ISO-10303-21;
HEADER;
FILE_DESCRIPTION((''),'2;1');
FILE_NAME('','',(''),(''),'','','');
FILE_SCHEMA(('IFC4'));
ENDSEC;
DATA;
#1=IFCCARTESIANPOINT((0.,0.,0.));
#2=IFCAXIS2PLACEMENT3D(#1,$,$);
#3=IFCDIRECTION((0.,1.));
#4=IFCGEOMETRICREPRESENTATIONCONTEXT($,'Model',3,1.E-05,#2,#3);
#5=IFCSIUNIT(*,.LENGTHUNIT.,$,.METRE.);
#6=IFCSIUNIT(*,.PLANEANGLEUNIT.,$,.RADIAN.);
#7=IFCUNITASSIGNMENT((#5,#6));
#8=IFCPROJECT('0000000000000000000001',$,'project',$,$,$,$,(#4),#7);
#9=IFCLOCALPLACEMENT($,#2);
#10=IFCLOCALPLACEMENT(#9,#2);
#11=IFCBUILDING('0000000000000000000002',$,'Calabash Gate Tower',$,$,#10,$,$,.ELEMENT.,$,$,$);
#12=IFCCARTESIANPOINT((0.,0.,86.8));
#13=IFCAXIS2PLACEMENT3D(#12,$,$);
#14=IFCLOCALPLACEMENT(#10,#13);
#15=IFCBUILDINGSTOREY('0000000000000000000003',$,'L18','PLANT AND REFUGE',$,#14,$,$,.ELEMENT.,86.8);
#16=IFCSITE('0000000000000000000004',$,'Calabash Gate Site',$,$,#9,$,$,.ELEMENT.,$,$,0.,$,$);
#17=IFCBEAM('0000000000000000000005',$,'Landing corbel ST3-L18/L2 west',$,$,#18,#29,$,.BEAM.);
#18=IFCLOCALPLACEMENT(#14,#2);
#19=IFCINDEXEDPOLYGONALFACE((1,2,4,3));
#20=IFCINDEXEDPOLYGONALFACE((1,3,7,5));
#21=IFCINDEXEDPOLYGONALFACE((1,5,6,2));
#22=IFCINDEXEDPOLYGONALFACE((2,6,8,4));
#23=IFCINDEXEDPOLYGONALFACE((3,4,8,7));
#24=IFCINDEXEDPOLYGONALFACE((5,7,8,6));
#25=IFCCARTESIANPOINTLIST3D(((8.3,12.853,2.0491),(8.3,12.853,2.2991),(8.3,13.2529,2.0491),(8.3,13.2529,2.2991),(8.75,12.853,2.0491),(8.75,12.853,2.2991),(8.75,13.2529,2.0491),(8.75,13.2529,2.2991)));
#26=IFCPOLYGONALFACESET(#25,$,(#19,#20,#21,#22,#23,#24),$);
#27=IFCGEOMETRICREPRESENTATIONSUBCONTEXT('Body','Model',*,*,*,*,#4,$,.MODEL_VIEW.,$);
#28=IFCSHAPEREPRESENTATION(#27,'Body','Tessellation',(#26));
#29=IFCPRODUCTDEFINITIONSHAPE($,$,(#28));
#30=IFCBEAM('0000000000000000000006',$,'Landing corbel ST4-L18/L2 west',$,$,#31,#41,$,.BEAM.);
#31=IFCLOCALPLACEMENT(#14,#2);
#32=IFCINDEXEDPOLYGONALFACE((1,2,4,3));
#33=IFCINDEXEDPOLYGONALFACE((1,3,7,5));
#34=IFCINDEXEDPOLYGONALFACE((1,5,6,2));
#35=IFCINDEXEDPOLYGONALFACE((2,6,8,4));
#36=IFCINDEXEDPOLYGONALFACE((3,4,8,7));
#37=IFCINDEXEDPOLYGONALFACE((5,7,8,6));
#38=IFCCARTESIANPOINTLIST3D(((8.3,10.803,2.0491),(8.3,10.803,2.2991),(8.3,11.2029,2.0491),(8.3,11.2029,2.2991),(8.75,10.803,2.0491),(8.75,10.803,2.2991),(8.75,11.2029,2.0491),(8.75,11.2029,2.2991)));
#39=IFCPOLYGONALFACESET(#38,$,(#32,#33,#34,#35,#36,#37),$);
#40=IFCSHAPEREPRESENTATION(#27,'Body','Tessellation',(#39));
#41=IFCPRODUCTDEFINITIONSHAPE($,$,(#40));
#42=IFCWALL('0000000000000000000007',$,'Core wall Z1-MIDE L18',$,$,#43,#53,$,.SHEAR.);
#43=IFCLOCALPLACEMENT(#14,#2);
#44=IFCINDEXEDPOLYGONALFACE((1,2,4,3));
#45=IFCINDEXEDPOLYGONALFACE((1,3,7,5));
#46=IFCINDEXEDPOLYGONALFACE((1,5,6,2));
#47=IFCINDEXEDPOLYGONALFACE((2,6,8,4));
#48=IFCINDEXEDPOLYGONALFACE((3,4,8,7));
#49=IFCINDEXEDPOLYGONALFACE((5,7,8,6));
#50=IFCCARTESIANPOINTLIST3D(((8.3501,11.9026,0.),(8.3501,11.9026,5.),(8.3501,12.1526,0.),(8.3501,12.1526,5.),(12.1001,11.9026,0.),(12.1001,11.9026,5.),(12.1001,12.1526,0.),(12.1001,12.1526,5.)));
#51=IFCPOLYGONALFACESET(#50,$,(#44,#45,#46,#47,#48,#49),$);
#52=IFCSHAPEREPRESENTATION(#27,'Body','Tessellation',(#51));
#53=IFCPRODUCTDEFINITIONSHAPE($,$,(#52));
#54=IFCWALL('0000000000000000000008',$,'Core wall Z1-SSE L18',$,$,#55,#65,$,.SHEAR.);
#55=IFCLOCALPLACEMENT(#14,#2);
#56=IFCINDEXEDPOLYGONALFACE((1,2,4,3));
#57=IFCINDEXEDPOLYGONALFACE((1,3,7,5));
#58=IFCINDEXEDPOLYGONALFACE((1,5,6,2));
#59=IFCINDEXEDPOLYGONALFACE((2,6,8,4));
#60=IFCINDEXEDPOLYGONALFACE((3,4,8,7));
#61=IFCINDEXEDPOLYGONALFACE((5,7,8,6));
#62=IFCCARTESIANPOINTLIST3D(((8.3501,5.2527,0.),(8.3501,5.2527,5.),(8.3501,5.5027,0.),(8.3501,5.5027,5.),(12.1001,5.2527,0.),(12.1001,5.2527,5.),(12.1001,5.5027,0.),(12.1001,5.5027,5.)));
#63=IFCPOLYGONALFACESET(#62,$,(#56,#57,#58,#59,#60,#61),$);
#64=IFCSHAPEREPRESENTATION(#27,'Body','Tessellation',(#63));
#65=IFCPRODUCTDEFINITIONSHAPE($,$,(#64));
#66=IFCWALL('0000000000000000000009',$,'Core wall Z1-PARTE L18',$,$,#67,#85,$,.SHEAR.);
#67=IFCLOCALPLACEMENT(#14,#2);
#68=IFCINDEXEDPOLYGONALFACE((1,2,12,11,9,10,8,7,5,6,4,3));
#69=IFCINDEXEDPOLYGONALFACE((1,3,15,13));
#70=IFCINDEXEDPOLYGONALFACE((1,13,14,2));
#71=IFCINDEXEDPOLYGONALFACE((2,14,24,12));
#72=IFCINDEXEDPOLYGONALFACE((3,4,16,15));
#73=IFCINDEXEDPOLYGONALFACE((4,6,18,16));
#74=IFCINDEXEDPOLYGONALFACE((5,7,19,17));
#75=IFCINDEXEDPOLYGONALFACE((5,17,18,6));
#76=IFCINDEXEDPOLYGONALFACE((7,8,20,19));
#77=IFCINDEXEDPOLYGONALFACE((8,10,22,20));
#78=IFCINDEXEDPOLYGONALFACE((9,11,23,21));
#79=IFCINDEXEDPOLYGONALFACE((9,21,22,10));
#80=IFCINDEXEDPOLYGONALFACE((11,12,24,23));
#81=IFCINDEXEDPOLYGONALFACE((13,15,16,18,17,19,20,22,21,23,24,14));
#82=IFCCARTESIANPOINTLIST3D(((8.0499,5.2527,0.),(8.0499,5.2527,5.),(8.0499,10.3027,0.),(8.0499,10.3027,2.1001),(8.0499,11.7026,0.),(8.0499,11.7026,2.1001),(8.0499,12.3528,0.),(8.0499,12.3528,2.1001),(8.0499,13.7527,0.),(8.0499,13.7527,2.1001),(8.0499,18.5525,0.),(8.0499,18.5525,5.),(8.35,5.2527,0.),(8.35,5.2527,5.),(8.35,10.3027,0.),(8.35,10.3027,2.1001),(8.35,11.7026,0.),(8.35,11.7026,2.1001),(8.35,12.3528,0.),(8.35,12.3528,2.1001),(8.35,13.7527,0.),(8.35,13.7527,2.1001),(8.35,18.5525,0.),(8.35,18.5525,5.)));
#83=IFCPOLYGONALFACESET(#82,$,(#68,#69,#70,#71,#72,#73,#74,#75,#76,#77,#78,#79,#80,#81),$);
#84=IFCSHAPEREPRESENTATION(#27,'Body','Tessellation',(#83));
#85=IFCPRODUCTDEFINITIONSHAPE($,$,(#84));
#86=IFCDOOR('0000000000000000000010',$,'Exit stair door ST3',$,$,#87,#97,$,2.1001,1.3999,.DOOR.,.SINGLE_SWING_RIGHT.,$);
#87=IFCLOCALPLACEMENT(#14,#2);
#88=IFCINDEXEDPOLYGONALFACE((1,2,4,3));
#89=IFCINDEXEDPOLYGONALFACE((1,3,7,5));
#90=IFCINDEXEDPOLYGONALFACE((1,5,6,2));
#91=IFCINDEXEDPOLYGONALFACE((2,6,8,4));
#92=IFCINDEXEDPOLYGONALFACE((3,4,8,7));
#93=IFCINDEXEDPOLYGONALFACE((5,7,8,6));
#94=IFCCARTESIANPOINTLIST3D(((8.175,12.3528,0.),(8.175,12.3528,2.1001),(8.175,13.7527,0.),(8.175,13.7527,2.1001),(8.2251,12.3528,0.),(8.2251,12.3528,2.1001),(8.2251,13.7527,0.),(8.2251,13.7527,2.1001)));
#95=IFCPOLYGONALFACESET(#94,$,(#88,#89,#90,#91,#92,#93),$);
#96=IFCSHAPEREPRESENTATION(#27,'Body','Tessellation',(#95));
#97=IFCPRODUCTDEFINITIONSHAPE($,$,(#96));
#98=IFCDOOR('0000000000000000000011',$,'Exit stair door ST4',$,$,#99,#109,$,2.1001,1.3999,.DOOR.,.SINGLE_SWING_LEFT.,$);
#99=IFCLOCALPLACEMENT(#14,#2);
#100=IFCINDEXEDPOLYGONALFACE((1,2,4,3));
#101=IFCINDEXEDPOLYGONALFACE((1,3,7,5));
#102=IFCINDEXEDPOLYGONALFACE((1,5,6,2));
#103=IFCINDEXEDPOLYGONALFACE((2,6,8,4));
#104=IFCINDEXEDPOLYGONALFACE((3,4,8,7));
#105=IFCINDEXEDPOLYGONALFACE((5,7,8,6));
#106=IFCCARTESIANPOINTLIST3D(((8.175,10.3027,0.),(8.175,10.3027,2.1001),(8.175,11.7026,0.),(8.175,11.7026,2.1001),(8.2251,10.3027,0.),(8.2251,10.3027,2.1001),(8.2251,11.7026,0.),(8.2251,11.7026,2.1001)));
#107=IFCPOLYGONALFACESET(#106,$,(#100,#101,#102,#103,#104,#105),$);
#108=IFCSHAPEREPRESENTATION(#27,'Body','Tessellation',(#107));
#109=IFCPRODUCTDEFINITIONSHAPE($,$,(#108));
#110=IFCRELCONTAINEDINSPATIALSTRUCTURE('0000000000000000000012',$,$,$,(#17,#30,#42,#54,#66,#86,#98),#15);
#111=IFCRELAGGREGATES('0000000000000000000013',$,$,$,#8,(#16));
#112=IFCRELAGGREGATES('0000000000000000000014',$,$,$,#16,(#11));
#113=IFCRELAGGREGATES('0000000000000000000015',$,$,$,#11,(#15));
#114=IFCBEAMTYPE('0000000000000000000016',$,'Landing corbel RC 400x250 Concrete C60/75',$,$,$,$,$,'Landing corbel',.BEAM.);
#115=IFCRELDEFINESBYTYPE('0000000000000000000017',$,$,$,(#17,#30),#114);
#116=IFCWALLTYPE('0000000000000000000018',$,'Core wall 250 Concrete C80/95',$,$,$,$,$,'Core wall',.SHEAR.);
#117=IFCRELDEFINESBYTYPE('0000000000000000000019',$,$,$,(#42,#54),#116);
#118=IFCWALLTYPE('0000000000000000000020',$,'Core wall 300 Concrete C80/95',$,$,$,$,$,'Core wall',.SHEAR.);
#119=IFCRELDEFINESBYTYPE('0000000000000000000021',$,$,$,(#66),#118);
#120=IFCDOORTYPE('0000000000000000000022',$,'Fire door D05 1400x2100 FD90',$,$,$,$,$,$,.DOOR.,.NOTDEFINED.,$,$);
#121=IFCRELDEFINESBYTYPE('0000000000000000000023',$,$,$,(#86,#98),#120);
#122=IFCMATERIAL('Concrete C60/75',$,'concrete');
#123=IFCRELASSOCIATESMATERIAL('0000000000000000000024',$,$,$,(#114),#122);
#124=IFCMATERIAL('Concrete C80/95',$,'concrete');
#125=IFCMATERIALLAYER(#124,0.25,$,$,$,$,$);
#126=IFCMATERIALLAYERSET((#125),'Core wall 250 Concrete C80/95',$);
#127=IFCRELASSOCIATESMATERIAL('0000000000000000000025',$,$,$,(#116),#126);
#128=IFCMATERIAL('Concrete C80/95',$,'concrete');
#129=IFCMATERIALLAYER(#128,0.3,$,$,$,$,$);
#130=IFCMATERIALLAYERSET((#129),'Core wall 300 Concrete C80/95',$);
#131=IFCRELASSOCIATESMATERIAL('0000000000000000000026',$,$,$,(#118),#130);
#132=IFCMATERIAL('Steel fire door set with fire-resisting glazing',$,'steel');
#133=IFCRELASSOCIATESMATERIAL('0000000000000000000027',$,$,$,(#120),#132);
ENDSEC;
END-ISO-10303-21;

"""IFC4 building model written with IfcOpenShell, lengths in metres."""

from ifc_helpers import new_model, si_unit, direction, frame, frame_2d, origin, origin_2d, place, context, subcontext, project, spatial, rectangle, extrude, material, layer, layer_set, material_profile, profile_set, type_object, element, fill, save


model = new_model("IFC4")

# Units and contexts
model_context = context("Model", 3, precision=1e-05, world=origin(), true_north=direction((0.0, 1.0)))
body_context = subcontext(model_context, "Body", "Model", "MODEL_VIEW")
ifc_project = project(units=[si_unit("LENGTHUNIT", "METRE"), si_unit("PLANEANGLEUNIT", "RADIAN")], contexts=[model_context])

# Site, building, storey
site_placement = place(None, origin())
site = spatial("IfcSite", under=ifc_project, at=site_placement, Name="Calabash Gate Site", CompositionType="ELEMENT", RefElevation=0.0)
building_placement = place(site_placement, origin())
building = spatial("IfcBuilding", under=site, at=building_placement, Name="Calabash Gate Tower", CompositionType="ELEMENT")
storey_placement = place(building_placement, frame((0.0, 0.0, 86.8)))
storey = spatial("IfcBuildingStorey", under=building, at=storey_placement, Name="L18", Description="PLANT AND REFUGE", CompositionType="ELEMENT", Elevation=86.8)

# Beams
ifc_material_1 = material(Name="Concrete C60/75", Category="concrete")
ifc_material_profile = material_profile(ifc_material_1, rectangle(XDim=0.3999, YDim=0.25, at=origin_2d()))
ifc_profile_set = profile_set([ifc_material_profile], Name="Concrete C60/75")
beam_type = type_object("IfcBeamType", Name="Landing corbel RC 400x250 Concrete C60/75", ElementType="Landing corbel", PredefinedType="BEAM", material=ifc_profile_set)
for number, where, z_axis, x_axis, name in (
    (1, (8.3, 13.053, 2.1741), (1.0, 0.0, 0.0), (0.0, 1.0, 0.0), "Landing corbel ST3-L18/L2 west"),
    (2, (8.3, 11.0029, 2.1741), (1.0, 0.0, 0.0), (0.0, 1.0, 0.0), "Landing corbel ST4-L18/L2 west"),
):
    element("IfcBeam", number, at=place(storey_placement, frame(where, z_axis=z_axis, x_axis=x_axis)), inside=storey, type_object=beam_type, Name=name, PredefinedType="BEAM", context=body_context, shape_type="SweptSolid", body=[
        extrude(rectangle(XDim=0.3999, YDim=0.25, at=origin_2d()), origin(), (0.0, 0.0, 1.0), 0.45),
    ])

# Walls
ifc_material_2 = material(Name="Concrete C80/95", Category="concrete")
ifc_layer_1 = layer(ifc_material_2, 0.25)
ifc_layer_set_1 = layer_set([ifc_layer_1], Name="Core wall 250 Concrete C80/95")
wall_type_1 = type_object("IfcWallType", Name="Core wall 250 Concrete C80/95", ElementType="Core wall", PredefinedType="SHEAR", material=ifc_layer_set_1)
for number, where, z_axis, x_axis, name in (
    (3, (8.3501, 12.0276, 0.0), (0.0, 0.0, 1.0), (1.0, 0.0, 0.0), "Core wall Z1-MIDE L18"),
    (4, (8.3501, 5.3777, 0.0), (0.0, 0.0, 1.0), (1.0, 0.0, 0.0), "Core wall Z1-SSE L18"),
):
    element("IfcWall", number, at=place(storey_placement, frame(where, z_axis=z_axis, x_axis=x_axis)), inside=storey, type_object=wall_type_1, Name=name, PredefinedType="SHEAR", context=body_context, shape_type="SweptSolid", body=[
        extrude(rectangle(XDim=3.75, YDim=0.25, at=frame_2d((1.875, 0.0))), origin(), (0.0, 0.0, 1.0), 5.0),
    ])

# Wall, openings, doors
ifc_material_3 = material(Name="Concrete C80/95", Category="concrete")
ifc_layer_2 = layer(ifc_material_3, 0.3)
ifc_layer_set_2 = layer_set([ifc_layer_2], Name="Core wall 300 Concrete C80/95")
wall_type_2 = type_object("IfcWallType", Name="Core wall 300 Concrete C80/95", ElementType="Core wall", PredefinedType="SHEAR", material=ifc_layer_set_2)
wall_placement = place(storey_placement, frame((8.2, 5.2527, 0.0), z_axis=(0.0, 0.0, 1.0), x_axis=(0.0, 1.0, 0.0)))
wall = element("IfcWall", 5, at=wall_placement, inside=storey, type_object=wall_type_2, Name="Core wall Z1-PARTE L18", PredefinedType="SHEAR", context=body_context, shape_type="SweptSolid", body=[
    extrude(rectangle(XDim=13.2998, YDim=0.3, at=frame_2d((6.6499, 0.0))), origin(), (0.0, 0.0, 1.0), 5.0),
])
opening_1_placement = place(wall_placement, frame((7.1001, 0.0, 0.0)))
opening_1 = element("IfcOpeningElement", 6, at=opening_1_placement, cuts=wall, PredefinedType="OPENING", context=body_context, shape_type="SweptSolid", body=[
    extrude(rectangle(XDim=1.3999, YDim=2.1001, at=frame_2d((0.7, 1.05))), frame((0.0, 0.1599, 0.0), z_axis=(0.0, -1.0, 0.0), x_axis=(1.0, 0.0, 0.0)), (0.0, 0.0, 1.0), 0.3201),
])
opening_2_placement = place(wall_placement, frame((5.05, 0.0, 0.0)))
opening_2 = element("IfcOpeningElement", 7, at=opening_2_placement, cuts=wall, PredefinedType="OPENING", context=body_context, shape_type="SweptSolid", body=[
    extrude(rectangle(XDim=1.3999, YDim=2.1001, at=frame_2d((0.7, 1.05))), frame((0.0, 0.1599, 0.0), z_axis=(0.0, -1.0, 0.0), x_axis=(1.0, 0.0, 0.0)), (0.0, 0.0, 1.0), 0.3201),
])
ifc_material_4 = material(Name="Steel fire door set with fire-resisting glazing", Category="steel")
door_type = type_object("IfcDoorType", Name="Fire door D05 1400x2100 FD90", OperationType="NOTDEFINED", PredefinedType="DOOR", material=ifc_material_4)
door_1_placement = place(opening_1_placement, origin())
door_1 = element("IfcDoor", 8, at=door_1_placement, inside=storey, type_object=door_type, Name="Exit stair door ST3", OperationType="SINGLE_SWING_RIGHT", OverallHeight=2.1001, OverallWidth=1.3999, PredefinedType="DOOR", context=body_context, shape_type="SweptSolid", body=[
    extrude(rectangle(XDim=1.3999, YDim=2.1001, at=frame_2d((0.7, 1.05))), frame((0.0, 0.0249, 0.0), z_axis=(0.0, -1.0, 0.0), x_axis=(1.0, 0.0, 0.0)), (0.0, 0.0, 1.0), 0.05),
])
fill(opening_1, door_1)
door_2_placement = place(opening_2_placement, origin())
door_2 = element("IfcDoor", 9, at=door_2_placement, inside=storey, type_object=door_type, Name="Exit stair door ST4", OperationType="SINGLE_SWING_LEFT", OverallHeight=2.1001, OverallWidth=1.3999, PredefinedType="DOOR", context=body_context, shape_type="SweptSolid", body=[
    extrude(rectangle(XDim=1.3999, YDim=2.1001, at=frame_2d((0.7, 1.05))), frame((0.0, 0.0249, 0.0), z_axis=(0.0, -1.0, 0.0), x_axis=(1.0, 0.0, 0.0)), (0.0, 0.0, 1.0), 0.05),
])
fill(opening_2, door_2)

save(model, "model.ifc")
